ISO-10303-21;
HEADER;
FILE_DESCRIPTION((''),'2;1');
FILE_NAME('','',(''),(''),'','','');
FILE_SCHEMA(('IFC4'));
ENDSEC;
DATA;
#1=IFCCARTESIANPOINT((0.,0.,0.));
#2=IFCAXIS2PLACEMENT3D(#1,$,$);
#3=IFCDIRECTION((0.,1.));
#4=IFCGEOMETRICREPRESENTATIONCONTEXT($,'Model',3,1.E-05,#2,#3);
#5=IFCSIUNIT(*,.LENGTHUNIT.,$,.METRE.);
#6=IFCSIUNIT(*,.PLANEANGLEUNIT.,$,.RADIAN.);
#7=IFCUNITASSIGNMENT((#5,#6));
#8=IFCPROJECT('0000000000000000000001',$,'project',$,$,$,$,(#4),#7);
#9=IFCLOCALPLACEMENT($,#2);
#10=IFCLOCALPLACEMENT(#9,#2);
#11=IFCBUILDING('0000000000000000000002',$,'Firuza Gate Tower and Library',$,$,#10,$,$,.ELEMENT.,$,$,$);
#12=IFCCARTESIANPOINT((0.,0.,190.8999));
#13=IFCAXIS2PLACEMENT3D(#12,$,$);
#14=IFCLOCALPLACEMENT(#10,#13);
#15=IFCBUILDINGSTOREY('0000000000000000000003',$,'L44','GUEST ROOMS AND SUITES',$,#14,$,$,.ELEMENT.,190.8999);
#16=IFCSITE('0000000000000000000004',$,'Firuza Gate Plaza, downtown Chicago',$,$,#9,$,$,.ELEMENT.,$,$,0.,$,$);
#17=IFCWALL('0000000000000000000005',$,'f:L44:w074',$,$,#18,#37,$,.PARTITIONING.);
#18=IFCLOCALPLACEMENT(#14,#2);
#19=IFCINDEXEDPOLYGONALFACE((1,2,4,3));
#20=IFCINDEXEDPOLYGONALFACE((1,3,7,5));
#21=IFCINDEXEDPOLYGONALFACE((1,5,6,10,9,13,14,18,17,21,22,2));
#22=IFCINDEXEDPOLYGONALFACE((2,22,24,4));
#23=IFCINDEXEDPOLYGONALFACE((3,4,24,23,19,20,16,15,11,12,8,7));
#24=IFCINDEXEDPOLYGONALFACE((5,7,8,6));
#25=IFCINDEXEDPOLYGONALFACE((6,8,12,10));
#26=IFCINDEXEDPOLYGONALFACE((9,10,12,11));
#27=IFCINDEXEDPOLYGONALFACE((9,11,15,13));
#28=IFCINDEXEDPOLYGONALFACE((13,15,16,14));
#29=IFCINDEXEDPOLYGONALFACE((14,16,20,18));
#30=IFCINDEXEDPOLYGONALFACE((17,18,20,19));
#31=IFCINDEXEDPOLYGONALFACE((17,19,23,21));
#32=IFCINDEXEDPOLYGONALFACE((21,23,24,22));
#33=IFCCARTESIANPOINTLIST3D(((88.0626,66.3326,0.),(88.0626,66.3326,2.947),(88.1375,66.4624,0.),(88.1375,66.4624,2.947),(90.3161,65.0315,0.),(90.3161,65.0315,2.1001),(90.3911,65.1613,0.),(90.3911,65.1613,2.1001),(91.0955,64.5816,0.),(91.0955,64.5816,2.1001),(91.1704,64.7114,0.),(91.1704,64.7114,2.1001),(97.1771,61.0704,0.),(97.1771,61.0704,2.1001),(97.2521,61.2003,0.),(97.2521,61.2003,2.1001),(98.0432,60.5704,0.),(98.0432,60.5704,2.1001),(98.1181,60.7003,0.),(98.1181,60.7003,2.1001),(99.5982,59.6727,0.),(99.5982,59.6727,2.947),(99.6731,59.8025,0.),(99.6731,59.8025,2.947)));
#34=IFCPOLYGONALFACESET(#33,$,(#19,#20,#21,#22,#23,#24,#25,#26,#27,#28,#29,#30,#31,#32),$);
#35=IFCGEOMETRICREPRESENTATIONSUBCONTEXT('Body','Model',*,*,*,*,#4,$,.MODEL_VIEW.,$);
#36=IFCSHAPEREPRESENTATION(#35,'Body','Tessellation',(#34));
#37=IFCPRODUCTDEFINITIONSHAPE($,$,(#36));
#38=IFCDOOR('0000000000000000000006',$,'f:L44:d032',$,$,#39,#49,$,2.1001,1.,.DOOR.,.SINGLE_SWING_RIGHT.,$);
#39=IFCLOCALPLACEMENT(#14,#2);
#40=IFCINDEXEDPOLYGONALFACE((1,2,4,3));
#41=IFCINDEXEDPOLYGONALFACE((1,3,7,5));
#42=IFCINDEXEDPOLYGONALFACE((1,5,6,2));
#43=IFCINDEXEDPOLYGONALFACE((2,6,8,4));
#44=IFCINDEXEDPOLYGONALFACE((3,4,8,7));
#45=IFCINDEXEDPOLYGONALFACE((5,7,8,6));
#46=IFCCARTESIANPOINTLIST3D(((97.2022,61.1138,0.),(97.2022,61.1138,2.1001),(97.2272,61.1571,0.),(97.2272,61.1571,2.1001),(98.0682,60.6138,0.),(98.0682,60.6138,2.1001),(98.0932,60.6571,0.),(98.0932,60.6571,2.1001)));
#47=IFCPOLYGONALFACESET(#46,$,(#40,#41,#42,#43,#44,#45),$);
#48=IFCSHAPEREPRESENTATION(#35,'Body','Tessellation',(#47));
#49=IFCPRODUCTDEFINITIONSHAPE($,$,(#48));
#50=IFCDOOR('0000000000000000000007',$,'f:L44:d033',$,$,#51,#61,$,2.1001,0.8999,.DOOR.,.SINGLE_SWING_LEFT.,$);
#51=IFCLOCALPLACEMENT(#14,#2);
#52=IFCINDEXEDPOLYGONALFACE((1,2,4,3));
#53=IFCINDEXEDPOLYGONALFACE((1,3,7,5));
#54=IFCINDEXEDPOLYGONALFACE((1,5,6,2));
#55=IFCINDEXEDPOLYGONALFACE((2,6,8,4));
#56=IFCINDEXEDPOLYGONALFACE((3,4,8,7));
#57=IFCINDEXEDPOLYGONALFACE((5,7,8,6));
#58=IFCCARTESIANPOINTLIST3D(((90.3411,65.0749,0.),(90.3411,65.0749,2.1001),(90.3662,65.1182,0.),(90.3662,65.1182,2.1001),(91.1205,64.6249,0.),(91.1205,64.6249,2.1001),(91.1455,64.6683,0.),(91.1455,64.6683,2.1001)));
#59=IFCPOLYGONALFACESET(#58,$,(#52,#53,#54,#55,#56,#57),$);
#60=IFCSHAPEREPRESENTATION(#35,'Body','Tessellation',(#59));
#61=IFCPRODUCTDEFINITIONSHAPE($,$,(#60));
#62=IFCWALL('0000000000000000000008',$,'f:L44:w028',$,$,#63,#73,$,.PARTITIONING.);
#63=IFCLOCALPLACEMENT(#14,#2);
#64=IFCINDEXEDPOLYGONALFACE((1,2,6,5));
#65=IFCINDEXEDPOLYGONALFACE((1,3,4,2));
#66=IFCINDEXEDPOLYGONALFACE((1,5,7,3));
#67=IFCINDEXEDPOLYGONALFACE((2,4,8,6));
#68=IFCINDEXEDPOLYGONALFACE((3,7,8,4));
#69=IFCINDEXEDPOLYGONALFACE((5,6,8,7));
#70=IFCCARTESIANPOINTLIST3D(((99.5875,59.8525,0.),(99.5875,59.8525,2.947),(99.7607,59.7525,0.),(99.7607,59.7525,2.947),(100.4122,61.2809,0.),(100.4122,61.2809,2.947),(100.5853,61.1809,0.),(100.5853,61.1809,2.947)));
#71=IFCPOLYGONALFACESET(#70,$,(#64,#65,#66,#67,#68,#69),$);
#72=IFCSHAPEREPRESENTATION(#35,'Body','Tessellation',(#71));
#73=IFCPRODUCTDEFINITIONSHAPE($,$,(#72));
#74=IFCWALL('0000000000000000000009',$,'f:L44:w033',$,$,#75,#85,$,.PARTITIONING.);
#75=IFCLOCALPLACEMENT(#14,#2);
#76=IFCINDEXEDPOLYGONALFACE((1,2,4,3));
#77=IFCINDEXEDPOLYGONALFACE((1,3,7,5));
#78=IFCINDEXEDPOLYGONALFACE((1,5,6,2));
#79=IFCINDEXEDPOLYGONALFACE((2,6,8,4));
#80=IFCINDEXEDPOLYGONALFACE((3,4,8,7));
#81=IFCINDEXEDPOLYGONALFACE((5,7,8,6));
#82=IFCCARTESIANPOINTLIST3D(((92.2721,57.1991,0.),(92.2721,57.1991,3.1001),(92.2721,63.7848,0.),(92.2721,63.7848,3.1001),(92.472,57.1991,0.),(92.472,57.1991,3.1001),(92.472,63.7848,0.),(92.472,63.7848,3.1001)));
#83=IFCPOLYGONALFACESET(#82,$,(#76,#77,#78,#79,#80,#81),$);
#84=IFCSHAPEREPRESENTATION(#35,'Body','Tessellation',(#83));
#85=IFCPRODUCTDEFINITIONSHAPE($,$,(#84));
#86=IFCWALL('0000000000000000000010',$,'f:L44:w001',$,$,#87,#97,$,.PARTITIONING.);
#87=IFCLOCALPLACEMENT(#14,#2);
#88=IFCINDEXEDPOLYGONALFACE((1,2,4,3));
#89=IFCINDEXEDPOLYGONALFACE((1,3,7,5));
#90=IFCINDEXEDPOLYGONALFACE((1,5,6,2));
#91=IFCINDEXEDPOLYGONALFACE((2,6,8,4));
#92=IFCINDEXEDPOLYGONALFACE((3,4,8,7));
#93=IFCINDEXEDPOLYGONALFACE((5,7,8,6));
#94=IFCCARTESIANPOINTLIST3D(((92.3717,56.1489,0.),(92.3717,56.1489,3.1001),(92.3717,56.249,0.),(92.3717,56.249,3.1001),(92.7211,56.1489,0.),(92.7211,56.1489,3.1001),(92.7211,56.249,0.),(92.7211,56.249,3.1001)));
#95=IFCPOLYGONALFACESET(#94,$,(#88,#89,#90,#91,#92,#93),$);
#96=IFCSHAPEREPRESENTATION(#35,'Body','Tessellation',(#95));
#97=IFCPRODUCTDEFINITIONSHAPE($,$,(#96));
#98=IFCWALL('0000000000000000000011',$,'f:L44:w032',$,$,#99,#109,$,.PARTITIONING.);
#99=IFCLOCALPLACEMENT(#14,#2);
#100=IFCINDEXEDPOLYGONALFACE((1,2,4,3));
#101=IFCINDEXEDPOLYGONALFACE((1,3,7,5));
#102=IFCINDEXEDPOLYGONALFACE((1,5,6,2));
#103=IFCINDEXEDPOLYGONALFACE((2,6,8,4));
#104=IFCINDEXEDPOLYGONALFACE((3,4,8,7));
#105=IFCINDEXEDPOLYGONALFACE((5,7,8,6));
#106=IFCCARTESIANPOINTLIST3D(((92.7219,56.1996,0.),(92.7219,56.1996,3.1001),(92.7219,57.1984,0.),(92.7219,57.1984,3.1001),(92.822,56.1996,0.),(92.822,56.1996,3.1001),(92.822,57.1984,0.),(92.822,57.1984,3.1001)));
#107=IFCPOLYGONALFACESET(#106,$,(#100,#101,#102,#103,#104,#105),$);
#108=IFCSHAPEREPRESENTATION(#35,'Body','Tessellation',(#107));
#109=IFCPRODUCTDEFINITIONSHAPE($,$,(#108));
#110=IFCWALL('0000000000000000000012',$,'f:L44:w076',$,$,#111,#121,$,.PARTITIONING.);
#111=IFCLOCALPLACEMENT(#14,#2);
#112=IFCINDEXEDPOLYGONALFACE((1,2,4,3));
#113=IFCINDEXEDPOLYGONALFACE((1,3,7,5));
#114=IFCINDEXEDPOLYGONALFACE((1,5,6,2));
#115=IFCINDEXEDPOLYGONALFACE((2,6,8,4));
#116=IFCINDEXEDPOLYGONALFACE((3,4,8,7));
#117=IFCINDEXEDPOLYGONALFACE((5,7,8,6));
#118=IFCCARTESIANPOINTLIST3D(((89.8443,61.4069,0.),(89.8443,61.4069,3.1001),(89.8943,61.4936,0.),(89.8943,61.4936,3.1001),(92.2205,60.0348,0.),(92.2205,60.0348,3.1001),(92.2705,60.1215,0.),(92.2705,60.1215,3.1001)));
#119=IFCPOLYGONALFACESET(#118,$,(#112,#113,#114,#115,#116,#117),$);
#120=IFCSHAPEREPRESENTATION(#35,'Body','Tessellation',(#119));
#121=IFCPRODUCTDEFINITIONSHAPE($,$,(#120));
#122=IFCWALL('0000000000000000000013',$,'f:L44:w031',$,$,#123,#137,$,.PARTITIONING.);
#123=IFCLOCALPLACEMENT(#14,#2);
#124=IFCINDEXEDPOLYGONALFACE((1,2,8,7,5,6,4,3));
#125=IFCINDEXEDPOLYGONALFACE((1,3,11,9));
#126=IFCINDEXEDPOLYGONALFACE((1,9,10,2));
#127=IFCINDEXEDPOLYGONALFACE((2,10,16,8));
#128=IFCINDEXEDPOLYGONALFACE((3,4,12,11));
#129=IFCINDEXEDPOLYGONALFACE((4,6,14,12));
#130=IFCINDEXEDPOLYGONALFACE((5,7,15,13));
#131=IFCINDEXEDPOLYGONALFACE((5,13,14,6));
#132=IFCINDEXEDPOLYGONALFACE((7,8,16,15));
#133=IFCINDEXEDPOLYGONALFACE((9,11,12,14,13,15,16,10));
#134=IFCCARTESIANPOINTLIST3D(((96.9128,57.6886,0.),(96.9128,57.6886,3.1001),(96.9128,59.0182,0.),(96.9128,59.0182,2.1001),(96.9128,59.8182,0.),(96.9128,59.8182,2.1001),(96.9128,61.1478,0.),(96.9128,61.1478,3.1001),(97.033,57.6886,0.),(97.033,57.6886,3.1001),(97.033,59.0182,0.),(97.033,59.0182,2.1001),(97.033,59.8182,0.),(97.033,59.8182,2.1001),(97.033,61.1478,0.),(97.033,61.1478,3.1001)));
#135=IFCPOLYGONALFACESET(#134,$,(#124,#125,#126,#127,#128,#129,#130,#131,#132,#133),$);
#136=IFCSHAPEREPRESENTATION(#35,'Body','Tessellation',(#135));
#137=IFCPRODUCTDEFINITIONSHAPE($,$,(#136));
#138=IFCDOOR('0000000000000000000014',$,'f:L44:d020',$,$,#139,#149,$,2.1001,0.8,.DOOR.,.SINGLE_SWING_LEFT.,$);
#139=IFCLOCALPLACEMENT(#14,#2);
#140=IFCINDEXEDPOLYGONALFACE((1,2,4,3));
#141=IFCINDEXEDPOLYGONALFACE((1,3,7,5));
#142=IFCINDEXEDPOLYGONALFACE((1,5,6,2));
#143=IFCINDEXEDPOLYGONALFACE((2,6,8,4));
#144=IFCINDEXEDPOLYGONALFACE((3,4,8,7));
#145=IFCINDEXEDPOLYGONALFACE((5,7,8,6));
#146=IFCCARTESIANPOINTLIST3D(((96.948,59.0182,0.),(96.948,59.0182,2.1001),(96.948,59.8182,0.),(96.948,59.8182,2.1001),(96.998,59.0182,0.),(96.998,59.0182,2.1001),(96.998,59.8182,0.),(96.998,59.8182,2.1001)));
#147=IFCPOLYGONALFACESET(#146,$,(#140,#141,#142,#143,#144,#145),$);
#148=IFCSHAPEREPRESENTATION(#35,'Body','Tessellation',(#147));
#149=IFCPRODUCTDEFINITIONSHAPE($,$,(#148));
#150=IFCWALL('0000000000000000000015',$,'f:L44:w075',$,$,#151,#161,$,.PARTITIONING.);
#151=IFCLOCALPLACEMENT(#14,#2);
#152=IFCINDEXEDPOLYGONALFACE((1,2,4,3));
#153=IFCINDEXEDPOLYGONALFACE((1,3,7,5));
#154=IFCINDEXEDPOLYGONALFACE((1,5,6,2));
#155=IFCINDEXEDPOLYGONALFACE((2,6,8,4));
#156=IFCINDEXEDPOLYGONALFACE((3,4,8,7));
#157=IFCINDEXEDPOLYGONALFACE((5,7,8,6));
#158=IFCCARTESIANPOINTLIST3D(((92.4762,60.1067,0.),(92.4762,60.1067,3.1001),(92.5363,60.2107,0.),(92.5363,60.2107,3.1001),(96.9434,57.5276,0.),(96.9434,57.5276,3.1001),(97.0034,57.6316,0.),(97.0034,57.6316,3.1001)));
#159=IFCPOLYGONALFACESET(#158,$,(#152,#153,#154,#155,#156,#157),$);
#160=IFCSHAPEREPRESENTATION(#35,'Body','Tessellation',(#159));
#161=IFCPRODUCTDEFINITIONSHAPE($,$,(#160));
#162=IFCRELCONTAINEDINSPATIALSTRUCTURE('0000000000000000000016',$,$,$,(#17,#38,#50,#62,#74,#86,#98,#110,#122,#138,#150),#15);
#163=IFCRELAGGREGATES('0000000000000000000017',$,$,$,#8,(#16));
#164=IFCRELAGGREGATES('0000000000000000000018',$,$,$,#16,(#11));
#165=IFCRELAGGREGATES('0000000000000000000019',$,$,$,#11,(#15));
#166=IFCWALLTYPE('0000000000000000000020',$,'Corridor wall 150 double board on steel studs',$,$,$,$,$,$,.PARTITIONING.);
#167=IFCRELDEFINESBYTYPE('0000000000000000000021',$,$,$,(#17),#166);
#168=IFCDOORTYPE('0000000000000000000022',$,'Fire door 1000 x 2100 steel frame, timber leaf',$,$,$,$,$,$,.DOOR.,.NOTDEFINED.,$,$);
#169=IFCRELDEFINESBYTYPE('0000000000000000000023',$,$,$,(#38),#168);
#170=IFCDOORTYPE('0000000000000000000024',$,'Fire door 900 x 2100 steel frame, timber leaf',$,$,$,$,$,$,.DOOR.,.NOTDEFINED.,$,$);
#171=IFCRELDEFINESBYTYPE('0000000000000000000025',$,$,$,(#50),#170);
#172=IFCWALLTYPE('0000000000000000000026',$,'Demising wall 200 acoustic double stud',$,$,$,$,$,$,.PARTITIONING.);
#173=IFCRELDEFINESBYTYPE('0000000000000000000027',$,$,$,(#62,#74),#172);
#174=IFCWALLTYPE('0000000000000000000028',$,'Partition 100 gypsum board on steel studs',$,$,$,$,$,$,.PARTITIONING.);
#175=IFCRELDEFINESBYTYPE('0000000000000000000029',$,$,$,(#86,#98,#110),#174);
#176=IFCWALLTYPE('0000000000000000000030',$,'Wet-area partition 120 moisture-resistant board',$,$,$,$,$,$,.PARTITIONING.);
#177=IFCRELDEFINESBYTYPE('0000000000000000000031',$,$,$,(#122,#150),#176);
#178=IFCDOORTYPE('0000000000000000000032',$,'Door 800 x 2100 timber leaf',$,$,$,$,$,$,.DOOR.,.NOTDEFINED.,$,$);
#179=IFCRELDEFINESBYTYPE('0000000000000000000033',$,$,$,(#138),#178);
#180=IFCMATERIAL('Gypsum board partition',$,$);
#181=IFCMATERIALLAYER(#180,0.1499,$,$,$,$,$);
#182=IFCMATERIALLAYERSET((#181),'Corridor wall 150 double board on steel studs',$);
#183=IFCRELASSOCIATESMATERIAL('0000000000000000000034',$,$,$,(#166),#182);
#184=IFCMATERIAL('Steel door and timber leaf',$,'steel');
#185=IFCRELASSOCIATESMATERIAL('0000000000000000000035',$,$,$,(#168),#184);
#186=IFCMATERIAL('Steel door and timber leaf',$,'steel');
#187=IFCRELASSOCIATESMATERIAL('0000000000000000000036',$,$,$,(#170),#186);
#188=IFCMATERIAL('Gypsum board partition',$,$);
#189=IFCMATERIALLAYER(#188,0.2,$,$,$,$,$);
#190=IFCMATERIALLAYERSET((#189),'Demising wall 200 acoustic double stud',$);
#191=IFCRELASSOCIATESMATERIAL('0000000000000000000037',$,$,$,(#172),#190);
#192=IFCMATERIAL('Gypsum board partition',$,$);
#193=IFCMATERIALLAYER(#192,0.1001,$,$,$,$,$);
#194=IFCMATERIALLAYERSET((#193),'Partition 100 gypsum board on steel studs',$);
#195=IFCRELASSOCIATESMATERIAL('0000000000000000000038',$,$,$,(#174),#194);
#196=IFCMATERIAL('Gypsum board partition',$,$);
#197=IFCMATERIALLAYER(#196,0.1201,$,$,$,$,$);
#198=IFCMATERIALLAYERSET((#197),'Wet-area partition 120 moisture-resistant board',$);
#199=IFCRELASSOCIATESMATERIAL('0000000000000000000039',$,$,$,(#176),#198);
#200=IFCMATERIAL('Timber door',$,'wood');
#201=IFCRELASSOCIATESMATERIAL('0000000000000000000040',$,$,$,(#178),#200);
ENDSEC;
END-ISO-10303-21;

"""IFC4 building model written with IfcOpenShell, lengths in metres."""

from ifc_helpers import new_model, si_unit, direction, frame, frame_2d, origin, place, context, subcontext, project, spatial, rectangle, extrude, material, layer, layer_set, type_object, element, fill, save


model = new_model("IFC4")

# Units and contexts
model_context = context("Model", 3, precision=1e-05, world=origin(), true_north=direction((0.0, 1.0)))
body_context = subcontext(model_context, "Body", "Model", "MODEL_VIEW")
ifc_project = project(units=[si_unit("LENGTHUNIT", "METRE"), si_unit("PLANEANGLEUNIT", "RADIAN")], contexts=[model_context])

# Site, building, storey
site_placement = place(None, origin())
site = spatial("IfcSite", under=ifc_project, at=site_placement, Name="Firuza Gate Plaza, downtown Chicago", CompositionType="ELEMENT", RefElevation=0.0)
building_placement = place(site_placement, origin())
building = spatial("IfcBuilding", under=site, at=building_placement, Name="Firuza Gate Tower and Library", CompositionType="ELEMENT")
storey_placement = place(building_placement, frame((0.0, 0.0, 190.8999)))
storey = spatial("IfcBuildingStorey", under=building, at=storey_placement, Name="L44", Description="GUEST ROOMS AND SUITES", CompositionType="ELEMENT", Elevation=190.8999)

# Wall, openings, doors
ifc_material_1 = material(Name="Gypsum board partition")
ifc_layer_1 = layer(ifc_material_1, 0.1499)
ifc_layer_set_1 = layer_set([ifc_layer_1], Name="Corridor wall 150 double board on steel studs")
wall_type_1 = type_object("IfcWallType", Name="Corridor wall 150 double board on steel studs", PredefinedType="PARTITIONING", material=ifc_layer_set_1)
wall_1_placement = place(storey_placement, frame((99.6357, 59.7375, 0.0), z_axis=(0.0, 0.0, 1.0), x_axis=(-0.866032, 0.499989, 0.0)))
wall_1 = element("IfcWall", 1, at=wall_1_placement, inside=storey, type_object=wall_type_1, Name="f:L44:w074", PredefinedType="PARTITIONING", context=body_context, shape_type="SweptSolid", body=[
    extrude(rectangle(XDim=13.3201, YDim=0.1499, at=frame_2d((6.6602, 0.0))), origin(), (0.0, 0.0, 1.0), 2.947),
])
opening_1_placement = place(wall_1_placement, frame((1.7957, 0.0, 0.0)))
opening_1 = element("IfcOpeningElement", 2, at=opening_1_placement, cuts=wall_1, PredefinedType="OPENING", context=body_context, shape_type="SweptSolid", body=[
    extrude(rectangle(XDim=1.0, YDim=2.1001, at=frame_2d((0.5, 1.05))), frame((0.0, 0.085, 0.0), z_axis=(0.0, -1.0, 0.0), x_axis=(1.0, 0.0, 0.0)), (0.0, 0.0, 1.0), 0.1699),
])
opening_2_placement = place(wall_1_placement, frame((9.8181, 0.0, 0.0)))
opening_2 = element("IfcOpeningElement", 3, at=opening_2_placement, cuts=wall_1, PredefinedType="OPENING", context=body_context, shape_type="SweptSolid", body=[
    extrude(rectangle(XDim=0.8999, YDim=2.1001, at=frame_2d((0.45, 1.05))), frame((0.0, 0.085, 0.0), z_axis=(0.0, -1.0, 0.0), x_axis=(1.0, 0.0, 0.0)), (0.0, 0.0, 1.0), 0.1699),
])
ifc_material_2 = material(Name="Steel door and timber leaf", Category="steel")
door_type_1 = type_object("IfcDoorType", Name="Fire door 1000 x 2100 steel frame, timber leaf", OperationType="NOTDEFINED", PredefinedType="DOOR", material=ifc_material_2)
door_1_placement = place(opening_1_placement, origin())
door_1 = element("IfcDoor", 4, at=door_1_placement, inside=storey, type_object=door_type_1, Name="f:L44:d032", OperationType="SINGLE_SWING_RIGHT", OverallHeight=2.1001, OverallWidth=1.0, PredefinedType="DOOR", context=body_context, shape_type="SweptSolid", body=[
    extrude(rectangle(XDim=1.0, YDim=2.1001, at=frame_2d((0.5, 1.05))), frame((0.0, 0.0249, 0.0), z_axis=(0.0, -1.0, 0.0), x_axis=(1.0, 0.0, 0.0)), (0.0, 0.0, 1.0), 0.05),
])
fill(opening_1, door_1)
ifc_material_3 = material(Name="Steel door and timber leaf", Category="steel")
door_type_2 = type_object("IfcDoorType", Name="Fire door 900 x 2100 steel frame, timber leaf", OperationType="NOTDEFINED", PredefinedType="DOOR", material=ifc_material_3)
door_2_placement = place(opening_2_placement, origin())
door_2 = element("IfcDoor", 5, at=door_2_placement, inside=storey, type_object=door_type_2, Name="f:L44:d033", OperationType="SINGLE_SWING_LEFT", OverallHeight=2.1001, OverallWidth=0.8999, PredefinedType="DOOR", context=body_context, shape_type="SweptSolid", body=[
    extrude(rectangle(XDim=0.8999, YDim=2.1001, at=frame_2d((0.45, 1.05))), frame((0.0, 0.0249, 0.0), z_axis=(0.0, -1.0, 0.0), x_axis=(1.0, 0.0, 0.0)), (0.0, 0.0, 1.0), 0.05),
])
fill(opening_2, door_2)

# Walls
ifc_material_4 = material(Name="Gypsum board partition")
ifc_layer_2 = layer(ifc_material_4, 0.2)
ifc_layer_set_2 = layer_set([ifc_layer_2], Name="Demising wall 200 acoustic double stud")
wall_type_2 = type_object("IfcWallType", Name="Demising wall 200 acoustic double stud", PredefinedType="PARTITIONING", material=ifc_layer_set_2)
wall_2_placement = place(storey_placement, frame((99.6741, 59.8025, 0.0), z_axis=(0.0, 0.0, 1.0), x_axis=(0.499992, 0.86603, 0.0)))
element("IfcWall", 6, at=wall_2_placement, inside=storey, type_object=wall_type_2, Name="f:L44:w028", PredefinedType="PARTITIONING", context=body_context, shape_type="SweptSolid", body=[
    extrude(rectangle(XDim=1.6494, YDim=0.2, at=frame_2d((0.8247, 0.0))), origin(), (0.0, 0.0, 1.0), 2.947),
])
wall_3_placement = place(storey_placement, frame((92.3721, 57.199, 0.0), z_axis=(0.0, 0.0, 1.0), x_axis=(0.0, 1.0, 0.0)))
element("IfcWall", 7, at=wall_3_placement, inside=storey, type_object=wall_type_2, Name="f:L44:w033", PredefinedType="PARTITIONING", context=body_context, shape_type="SweptSolid", body=[
    extrude(rectangle(XDim=6.5857, YDim=0.2, at=frame_2d((3.293, 0.0))), origin(), (0.0, 0.0, 1.0), 3.1001),
])
ifc_material_5 = material(Name="Gypsum board partition")
ifc_layer_3 = layer(ifc_material_5, 0.1001)
ifc_layer_set_3 = layer_set([ifc_layer_3], Name="Partition 100 gypsum board on steel studs")
wall_type_3 = type_object("IfcWallType", Name="Partition 100 gypsum board on steel studs", PredefinedType="PARTITIONING", material=ifc_layer_set_3)
wall_4_placement = place(storey_placement, frame((92.3716, 56.199, 0.0), z_axis=(0.0, 0.0, 1.0), x_axis=(1.0, 0.0, 0.0)))
element("IfcWall", 8, at=wall_4_placement, inside=storey, type_object=wall_type_3, Name="f:L44:w001", PredefinedType="PARTITIONING", context=body_context, shape_type="SweptSolid", body=[
    extrude(rectangle(XDim=0.3494, YDim=0.1001, at=frame_2d((0.1748, 0.0))), origin(), (0.0, 0.0, 1.0), 3.1001),
])
wall_5_placement = place(storey_placement, frame((92.772, 56.1995, 0.0), z_axis=(0.0, 0.0, 1.0), x_axis=(0.0, 1.0, 0.0)))
element("IfcWall", 9, at=wall_5_placement, inside=storey, type_object=wall_type_3, Name="f:L44:w032", PredefinedType="PARTITIONING", context=body_context, shape_type="SweptSolid", body=[
    extrude(rectangle(XDim=0.9988, YDim=0.1001, at=frame_2d((0.4995, 0.0))), origin(), (0.0, 0.0, 1.0), 3.1001),
])
wall_6_placement = place(storey_placement, frame((92.2456, 60.0781, 0.0), z_axis=(0.0, 0.0, 1.0), x_axis=(-0.866, 0.500043, 0.0)))
element("IfcWall", 10, at=wall_6_placement, inside=storey, type_object=wall_type_3, Name="f:L44:w076", PredefinedType="PARTITIONING", context=body_context, shape_type="SweptSolid", body=[
    extrude(rectangle(XDim=2.7439, YDim=0.1001, at=frame_2d((1.3721, 0.0))), origin(), (0.0, 0.0, 1.0), 3.1001),
])

# Wall, opening, door
ifc_material_6 = material(Name="Gypsum board partition")
ifc_layer_4 = layer(ifc_material_6, 0.1201)
ifc_layer_set_4 = layer_set([ifc_layer_4], Name="Wet-area partition 120 moisture-resistant board")
wall_type_4 = type_object("IfcWallType", Name="Wet-area partition 120 moisture-resistant board", PredefinedType="PARTITIONING", material=ifc_layer_set_4)
wall_7_placement = place(storey_placement, frame((96.9729, 57.6887, 0.0), z_axis=(0.0, 0.0, 1.0), x_axis=(0.0, 1.0, 0.0)))
wall_7 = element("IfcWall", 11, at=wall_7_placement, inside=storey, type_object=wall_type_4, Name="f:L44:w031", PredefinedType="PARTITIONING", context=body_context, shape_type="SweptSolid", body=[
    extrude(rectangle(XDim=3.4592, YDim=0.1201, at=frame_2d((1.7295, 0.0))), origin(), (0.0, 0.0, 1.0), 3.1001),
])
opening_3_placement = place(wall_7_placement, frame((1.3296, 0.0, 0.0)))
opening_3 = element("IfcOpeningElement", 12, at=opening_3_placement, cuts=wall_7, PredefinedType="OPENING", context=body_context, shape_type="SweptSolid", body=[
    extrude(rectangle(XDim=0.8, YDim=2.1001, at=frame_2d((0.3999, 1.05))), frame((0.0, 0.0701, 0.0), z_axis=(0.0, -1.0, 0.0), x_axis=(1.0, 0.0, 0.0)), (0.0, 0.0, 1.0), 0.1401),
])
ifc_material_7 = material(Name="Timber door", Category="wood")
door_type_3 = type_object("IfcDoorType", Name="Door 800 x 2100 timber leaf", OperationType="NOTDEFINED", PredefinedType="DOOR", material=ifc_material_7)
door_3_placement = place(opening_3_placement, origin())
door_3 = element("IfcDoor", 13, at=door_3_placement, inside=storey, type_object=door_type_3, Name="f:L44:d020", OperationType="SINGLE_SWING_LEFT", OverallHeight=2.1001, OverallWidth=0.8, PredefinedType="DOOR", context=body_context, shape_type="SweptSolid", body=[
    extrude(rectangle(XDim=0.8, YDim=2.1001, at=frame_2d((0.3999, 1.05))), frame((0.0, 0.0249, 0.0), z_axis=(0.0, -1.0, 0.0), x_axis=(1.0, 0.0, 0.0)), (0.0, 0.0, 1.0), 0.05),
])
fill(opening_3, door_3)

# Wall
wall_8_placement = place(storey_placement, frame((96.9734, 57.5796, 0.0), z_axis=(0.0, 0.0, 1.0), x_axis=(-0.866021, 0.500008, 0.0)))
element("IfcWall", 14, at=wall_8_placement, inside=storey, type_object=wall_type_4, Name="f:L44:w075", PredefinedType="PARTITIONING", context=body_context, shape_type="SweptSolid", body=[
    extrude(rectangle(XDim=5.1582, YDim=0.1201, at=frame_2d((2.5791, 0.0))), origin(), (0.0, 0.0, 1.0), 3.1001),
])

save(model, "model.ifc")
